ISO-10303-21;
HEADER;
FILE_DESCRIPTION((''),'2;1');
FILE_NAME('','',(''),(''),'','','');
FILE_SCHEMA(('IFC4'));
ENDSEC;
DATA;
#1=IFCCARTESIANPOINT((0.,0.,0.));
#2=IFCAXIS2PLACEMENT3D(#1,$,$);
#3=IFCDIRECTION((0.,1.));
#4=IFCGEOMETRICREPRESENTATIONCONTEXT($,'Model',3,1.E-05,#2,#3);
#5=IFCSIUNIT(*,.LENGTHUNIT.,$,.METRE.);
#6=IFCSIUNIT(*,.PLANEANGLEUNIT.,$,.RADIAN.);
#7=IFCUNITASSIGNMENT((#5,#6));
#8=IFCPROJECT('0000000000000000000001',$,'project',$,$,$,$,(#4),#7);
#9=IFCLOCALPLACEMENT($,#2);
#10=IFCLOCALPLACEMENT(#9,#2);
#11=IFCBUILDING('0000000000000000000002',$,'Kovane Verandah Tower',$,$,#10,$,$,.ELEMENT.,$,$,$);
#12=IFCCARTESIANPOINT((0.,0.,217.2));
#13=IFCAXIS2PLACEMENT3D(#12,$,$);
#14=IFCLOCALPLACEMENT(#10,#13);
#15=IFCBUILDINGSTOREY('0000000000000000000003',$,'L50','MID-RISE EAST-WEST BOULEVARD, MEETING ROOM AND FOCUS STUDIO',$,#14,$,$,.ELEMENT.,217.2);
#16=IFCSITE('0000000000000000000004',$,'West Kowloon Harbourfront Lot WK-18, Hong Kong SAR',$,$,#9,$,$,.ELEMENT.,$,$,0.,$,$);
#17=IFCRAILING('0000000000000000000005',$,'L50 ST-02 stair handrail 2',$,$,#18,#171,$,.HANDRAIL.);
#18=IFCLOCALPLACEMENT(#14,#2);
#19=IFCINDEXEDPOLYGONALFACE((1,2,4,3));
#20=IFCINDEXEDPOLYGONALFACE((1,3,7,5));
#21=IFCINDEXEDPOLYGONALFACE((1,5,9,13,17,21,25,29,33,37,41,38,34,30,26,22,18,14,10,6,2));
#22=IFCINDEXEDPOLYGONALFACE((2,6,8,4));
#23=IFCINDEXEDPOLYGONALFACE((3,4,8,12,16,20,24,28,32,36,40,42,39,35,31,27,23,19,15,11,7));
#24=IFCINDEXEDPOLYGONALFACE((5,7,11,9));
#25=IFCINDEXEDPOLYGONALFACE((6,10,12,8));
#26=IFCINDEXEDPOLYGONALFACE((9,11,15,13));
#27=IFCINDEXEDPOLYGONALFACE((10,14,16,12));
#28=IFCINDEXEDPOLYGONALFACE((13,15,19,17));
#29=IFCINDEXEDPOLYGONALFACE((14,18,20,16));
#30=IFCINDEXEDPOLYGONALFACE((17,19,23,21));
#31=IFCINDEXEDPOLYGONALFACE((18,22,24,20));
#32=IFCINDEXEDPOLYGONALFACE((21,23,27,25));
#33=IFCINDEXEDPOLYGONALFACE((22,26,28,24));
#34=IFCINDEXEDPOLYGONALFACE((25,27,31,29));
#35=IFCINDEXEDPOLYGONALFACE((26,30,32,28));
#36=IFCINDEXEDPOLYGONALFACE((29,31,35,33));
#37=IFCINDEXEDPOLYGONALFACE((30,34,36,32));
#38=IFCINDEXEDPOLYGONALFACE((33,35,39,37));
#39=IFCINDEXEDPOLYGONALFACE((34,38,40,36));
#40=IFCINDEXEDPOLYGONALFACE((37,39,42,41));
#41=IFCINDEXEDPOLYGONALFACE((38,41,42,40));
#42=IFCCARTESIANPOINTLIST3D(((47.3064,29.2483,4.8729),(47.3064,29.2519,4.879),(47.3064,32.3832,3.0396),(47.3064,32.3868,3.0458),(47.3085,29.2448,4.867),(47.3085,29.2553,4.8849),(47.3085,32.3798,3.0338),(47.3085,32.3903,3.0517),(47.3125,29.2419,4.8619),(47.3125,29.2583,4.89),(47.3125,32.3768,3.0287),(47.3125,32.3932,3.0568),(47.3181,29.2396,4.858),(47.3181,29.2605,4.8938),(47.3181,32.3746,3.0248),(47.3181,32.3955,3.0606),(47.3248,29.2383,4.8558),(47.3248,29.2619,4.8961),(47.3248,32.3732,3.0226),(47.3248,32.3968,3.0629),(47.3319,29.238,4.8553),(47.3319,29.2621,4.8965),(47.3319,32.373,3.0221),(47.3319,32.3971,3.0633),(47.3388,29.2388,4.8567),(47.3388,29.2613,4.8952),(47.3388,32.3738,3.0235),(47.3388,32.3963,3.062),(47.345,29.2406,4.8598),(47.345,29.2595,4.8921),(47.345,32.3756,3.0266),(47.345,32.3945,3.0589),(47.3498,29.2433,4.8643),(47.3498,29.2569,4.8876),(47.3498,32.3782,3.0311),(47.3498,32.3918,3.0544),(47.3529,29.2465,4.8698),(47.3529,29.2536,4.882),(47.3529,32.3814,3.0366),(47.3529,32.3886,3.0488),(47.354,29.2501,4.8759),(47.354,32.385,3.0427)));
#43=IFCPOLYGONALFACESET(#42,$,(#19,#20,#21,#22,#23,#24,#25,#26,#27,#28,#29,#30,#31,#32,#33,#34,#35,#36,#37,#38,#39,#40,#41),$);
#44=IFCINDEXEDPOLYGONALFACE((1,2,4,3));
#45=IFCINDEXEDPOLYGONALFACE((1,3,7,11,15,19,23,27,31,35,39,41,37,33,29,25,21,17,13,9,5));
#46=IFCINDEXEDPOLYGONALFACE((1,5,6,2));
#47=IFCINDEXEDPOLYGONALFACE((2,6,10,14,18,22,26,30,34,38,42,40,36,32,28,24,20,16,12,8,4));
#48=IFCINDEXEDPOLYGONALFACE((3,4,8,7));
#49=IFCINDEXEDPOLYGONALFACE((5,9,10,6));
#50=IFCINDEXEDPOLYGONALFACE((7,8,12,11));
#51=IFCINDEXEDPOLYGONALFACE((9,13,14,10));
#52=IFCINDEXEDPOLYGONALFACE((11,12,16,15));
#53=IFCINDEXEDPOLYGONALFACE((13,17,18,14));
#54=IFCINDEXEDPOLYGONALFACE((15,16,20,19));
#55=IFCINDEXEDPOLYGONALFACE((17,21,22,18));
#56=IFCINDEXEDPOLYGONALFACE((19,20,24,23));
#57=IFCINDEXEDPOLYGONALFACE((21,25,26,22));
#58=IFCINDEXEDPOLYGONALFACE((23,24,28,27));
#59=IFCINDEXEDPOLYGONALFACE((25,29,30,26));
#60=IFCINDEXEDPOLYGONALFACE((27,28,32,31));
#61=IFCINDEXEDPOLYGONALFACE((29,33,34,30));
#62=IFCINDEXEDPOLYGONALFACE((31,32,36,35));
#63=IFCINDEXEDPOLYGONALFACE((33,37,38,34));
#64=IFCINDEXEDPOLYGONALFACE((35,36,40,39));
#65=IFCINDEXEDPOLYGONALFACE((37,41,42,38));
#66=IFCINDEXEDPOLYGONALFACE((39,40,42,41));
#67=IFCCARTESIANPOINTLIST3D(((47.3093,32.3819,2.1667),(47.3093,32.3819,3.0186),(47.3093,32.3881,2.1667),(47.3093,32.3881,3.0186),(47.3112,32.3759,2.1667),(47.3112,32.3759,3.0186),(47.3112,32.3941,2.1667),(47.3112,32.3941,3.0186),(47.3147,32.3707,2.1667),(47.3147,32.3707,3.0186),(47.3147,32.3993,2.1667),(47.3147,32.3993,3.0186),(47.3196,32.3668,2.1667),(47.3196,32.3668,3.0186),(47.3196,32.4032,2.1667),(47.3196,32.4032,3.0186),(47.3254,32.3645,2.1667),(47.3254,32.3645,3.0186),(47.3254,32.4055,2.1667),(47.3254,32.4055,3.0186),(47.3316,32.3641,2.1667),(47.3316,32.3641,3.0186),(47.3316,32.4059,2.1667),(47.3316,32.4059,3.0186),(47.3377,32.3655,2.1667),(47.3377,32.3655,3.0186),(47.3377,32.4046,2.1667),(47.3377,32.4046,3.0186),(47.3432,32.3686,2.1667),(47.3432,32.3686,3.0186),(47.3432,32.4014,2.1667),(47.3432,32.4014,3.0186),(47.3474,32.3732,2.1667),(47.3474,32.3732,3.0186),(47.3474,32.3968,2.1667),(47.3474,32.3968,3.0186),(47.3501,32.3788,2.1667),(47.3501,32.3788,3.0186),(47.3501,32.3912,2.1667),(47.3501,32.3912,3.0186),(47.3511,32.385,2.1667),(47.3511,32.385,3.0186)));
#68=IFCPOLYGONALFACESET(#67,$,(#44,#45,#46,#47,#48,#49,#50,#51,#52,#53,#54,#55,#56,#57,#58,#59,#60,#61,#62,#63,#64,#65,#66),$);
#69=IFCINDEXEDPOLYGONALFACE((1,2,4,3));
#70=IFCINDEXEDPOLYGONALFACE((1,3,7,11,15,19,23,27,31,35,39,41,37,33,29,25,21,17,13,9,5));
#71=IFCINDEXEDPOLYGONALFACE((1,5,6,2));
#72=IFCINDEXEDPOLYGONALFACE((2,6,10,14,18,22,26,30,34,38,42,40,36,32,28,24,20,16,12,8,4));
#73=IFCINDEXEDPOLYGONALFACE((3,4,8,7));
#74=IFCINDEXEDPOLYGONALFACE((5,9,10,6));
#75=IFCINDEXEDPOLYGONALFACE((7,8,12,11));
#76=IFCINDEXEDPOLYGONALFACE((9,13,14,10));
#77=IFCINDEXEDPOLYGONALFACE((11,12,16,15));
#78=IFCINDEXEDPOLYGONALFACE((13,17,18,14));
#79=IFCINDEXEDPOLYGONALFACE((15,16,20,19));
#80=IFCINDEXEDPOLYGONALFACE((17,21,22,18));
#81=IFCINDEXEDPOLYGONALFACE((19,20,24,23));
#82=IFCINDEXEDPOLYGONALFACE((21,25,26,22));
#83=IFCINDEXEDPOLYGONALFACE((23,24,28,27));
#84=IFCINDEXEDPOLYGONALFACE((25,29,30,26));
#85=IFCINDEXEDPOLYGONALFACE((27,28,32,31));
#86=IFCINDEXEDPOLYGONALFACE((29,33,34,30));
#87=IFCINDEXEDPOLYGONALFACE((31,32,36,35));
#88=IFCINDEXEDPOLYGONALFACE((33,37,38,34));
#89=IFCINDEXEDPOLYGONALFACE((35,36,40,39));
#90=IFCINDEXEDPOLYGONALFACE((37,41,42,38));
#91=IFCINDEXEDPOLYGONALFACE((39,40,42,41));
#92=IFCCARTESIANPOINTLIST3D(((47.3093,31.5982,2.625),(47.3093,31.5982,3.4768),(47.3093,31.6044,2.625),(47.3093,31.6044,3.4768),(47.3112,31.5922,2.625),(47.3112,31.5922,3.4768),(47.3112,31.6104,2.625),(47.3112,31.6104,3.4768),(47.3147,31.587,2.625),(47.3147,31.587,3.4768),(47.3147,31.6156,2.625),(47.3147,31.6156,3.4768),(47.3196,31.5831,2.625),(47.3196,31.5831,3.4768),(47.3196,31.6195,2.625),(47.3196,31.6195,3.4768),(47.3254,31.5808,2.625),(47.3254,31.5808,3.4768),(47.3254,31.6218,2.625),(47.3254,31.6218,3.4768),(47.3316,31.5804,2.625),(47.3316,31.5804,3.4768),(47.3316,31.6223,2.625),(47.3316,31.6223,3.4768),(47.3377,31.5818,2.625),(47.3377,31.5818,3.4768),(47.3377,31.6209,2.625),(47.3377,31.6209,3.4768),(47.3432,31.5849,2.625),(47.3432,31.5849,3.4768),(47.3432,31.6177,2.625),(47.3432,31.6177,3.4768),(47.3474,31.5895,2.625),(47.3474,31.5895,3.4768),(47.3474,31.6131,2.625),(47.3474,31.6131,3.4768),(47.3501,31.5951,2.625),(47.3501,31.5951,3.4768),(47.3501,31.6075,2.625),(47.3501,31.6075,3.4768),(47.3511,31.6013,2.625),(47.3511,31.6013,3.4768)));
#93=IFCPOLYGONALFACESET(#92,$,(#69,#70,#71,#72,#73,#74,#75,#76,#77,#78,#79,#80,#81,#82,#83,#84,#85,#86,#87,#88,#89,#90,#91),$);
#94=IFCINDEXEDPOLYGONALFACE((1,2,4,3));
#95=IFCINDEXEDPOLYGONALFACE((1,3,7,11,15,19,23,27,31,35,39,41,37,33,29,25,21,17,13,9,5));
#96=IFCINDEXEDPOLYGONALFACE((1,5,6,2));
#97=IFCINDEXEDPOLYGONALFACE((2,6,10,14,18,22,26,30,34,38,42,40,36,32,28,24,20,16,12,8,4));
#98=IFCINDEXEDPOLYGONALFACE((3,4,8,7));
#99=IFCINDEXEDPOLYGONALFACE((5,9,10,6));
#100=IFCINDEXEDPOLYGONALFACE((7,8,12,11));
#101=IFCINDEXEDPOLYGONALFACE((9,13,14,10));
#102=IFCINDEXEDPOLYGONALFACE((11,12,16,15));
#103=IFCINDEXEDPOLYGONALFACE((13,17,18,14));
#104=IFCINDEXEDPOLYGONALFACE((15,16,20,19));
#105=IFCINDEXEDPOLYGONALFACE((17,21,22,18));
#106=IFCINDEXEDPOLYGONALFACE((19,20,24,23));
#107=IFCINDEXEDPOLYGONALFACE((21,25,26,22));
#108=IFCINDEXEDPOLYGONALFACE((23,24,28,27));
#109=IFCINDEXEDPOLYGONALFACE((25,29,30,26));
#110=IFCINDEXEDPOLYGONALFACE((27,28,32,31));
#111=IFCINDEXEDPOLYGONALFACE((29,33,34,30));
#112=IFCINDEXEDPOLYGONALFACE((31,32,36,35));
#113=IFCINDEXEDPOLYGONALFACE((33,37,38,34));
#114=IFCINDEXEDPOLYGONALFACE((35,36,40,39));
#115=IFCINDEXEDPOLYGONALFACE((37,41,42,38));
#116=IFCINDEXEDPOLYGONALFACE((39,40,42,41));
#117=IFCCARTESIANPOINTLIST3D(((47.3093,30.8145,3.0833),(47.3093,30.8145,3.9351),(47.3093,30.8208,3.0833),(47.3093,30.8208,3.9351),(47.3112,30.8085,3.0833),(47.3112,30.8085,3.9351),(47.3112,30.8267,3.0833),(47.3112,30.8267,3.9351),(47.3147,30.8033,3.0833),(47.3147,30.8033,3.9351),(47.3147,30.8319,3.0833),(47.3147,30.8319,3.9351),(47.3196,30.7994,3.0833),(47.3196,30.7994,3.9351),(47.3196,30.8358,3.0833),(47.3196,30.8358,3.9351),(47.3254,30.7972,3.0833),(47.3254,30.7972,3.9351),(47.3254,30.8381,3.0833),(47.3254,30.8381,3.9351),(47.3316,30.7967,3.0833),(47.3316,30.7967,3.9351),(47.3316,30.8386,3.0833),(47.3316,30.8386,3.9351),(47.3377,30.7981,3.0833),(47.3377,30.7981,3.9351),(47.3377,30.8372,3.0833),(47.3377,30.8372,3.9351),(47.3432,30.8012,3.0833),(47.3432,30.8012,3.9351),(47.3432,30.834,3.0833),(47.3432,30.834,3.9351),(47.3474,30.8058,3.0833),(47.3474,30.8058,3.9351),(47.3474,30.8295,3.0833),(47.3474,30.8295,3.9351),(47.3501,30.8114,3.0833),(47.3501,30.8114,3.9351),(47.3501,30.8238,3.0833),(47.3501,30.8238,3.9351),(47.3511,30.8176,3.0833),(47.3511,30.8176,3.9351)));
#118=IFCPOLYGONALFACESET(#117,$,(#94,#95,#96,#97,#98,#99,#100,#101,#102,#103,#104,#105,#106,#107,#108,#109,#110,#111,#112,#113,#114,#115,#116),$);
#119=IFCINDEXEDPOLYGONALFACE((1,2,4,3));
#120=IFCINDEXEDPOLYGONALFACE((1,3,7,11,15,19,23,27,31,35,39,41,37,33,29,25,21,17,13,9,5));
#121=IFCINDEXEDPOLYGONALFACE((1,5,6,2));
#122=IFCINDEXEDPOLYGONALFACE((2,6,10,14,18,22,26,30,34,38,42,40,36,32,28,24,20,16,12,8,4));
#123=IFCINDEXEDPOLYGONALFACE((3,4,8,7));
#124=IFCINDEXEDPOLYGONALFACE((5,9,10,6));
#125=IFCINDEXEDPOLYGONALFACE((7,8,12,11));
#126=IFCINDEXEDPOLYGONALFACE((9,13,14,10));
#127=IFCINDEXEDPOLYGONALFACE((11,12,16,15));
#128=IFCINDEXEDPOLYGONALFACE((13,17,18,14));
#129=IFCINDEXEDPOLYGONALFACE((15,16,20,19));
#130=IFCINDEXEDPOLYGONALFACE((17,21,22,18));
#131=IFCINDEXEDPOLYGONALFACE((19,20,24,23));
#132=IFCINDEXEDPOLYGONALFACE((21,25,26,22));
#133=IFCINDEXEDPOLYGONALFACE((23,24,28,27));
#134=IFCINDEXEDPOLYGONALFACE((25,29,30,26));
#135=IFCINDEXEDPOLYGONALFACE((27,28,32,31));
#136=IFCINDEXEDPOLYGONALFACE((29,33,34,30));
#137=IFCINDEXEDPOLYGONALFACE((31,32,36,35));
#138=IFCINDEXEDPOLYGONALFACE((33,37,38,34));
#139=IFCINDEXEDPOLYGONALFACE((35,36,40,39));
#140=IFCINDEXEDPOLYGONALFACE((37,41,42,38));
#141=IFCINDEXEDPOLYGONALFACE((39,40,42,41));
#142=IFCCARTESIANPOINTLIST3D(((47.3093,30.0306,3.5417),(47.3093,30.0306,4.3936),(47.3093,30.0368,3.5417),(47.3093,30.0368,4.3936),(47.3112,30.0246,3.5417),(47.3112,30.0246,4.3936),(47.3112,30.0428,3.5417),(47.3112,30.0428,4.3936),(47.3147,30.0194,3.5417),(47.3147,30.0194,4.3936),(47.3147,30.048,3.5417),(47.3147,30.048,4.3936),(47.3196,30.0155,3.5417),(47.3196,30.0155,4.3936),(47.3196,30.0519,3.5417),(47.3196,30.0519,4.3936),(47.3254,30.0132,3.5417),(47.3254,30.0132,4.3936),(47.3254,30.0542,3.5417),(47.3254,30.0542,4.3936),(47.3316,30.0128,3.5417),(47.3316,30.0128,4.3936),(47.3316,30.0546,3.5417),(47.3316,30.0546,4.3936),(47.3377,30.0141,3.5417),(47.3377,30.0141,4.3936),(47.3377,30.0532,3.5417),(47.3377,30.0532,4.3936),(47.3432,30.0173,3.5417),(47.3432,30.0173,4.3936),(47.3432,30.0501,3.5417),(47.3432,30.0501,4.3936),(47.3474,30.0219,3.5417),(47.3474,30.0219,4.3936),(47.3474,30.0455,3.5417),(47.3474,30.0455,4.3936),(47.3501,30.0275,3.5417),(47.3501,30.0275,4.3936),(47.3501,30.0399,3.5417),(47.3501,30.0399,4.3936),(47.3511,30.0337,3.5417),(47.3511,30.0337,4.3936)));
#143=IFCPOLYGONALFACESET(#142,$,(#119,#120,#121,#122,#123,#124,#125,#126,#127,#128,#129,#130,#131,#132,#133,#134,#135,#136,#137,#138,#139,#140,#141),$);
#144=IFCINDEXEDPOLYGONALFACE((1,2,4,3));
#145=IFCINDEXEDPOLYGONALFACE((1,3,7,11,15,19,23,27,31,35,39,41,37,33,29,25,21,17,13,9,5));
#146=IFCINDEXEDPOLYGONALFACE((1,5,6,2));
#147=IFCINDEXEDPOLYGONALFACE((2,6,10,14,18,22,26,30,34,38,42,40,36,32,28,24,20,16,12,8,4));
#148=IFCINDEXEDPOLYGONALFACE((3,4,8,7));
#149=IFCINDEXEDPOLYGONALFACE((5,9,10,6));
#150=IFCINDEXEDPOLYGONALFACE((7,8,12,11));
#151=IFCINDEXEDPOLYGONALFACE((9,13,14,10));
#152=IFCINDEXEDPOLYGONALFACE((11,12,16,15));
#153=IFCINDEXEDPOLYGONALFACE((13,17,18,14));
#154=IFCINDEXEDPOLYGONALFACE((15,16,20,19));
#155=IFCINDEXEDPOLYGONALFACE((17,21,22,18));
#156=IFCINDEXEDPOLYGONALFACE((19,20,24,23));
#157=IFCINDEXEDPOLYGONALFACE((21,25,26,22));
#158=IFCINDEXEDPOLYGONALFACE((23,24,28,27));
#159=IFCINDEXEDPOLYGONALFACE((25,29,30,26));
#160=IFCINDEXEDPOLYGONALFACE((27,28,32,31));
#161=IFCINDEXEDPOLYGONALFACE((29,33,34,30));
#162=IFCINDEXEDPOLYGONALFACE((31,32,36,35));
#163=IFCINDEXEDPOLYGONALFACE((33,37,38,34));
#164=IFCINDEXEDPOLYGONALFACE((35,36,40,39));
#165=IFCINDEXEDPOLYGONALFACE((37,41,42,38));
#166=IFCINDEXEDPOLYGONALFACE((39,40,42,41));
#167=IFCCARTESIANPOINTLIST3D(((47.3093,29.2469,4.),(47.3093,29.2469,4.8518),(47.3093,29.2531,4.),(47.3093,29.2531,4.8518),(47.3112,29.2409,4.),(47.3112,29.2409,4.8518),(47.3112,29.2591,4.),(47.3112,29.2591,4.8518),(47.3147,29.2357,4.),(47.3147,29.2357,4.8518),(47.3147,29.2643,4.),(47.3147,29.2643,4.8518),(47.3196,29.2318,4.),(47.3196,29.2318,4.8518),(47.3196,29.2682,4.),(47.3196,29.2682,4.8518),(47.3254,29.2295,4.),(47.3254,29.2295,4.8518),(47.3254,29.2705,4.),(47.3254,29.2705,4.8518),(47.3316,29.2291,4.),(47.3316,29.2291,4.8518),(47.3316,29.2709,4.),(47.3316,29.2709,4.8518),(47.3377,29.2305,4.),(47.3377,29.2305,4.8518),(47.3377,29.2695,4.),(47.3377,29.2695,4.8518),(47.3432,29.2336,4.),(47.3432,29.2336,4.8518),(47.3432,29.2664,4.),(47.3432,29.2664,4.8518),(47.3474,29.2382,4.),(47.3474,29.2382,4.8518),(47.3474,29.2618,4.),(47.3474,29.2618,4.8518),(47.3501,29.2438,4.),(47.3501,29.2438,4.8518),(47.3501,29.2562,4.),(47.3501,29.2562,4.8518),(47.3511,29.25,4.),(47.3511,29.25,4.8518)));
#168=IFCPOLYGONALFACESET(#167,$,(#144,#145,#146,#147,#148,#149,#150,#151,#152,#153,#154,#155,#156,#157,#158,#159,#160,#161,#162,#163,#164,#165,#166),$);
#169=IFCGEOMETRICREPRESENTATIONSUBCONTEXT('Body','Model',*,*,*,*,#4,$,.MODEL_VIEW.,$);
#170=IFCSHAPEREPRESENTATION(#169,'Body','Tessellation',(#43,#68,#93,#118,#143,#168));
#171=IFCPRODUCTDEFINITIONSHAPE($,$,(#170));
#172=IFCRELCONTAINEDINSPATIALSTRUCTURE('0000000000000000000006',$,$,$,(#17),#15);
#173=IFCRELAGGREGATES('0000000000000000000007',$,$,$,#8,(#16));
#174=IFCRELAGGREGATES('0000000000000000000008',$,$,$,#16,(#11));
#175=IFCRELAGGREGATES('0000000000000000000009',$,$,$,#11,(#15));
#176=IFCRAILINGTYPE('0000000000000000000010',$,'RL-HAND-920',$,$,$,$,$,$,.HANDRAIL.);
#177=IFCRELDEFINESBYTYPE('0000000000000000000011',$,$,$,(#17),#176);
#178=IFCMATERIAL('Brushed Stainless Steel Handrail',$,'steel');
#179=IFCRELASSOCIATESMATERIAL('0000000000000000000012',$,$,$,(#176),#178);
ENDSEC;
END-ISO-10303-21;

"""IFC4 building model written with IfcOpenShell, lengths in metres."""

from ifc_helpers import new_model, si_unit, direction, frame, origin, origin_2d, place, context, subcontext, project, spatial, circle, extrude, material, type_object, element, save


model = new_model("IFC4")

# Units and contexts
model_context = context("Model", 3, precision=1e-05, world=origin(), true_north=direction((0.0, 1.0)))
body_context = subcontext(model_context, "Body", "Model", "MODEL_VIEW")
ifc_project = project(units=[si_unit("LENGTHUNIT", "METRE"), si_unit("PLANEANGLEUNIT", "RADIAN")], contexts=[model_context])

# Site, building, storey
site_placement = place(None, origin())
site = spatial("IfcSite", under=ifc_project, at=site_placement, Name="West Kowloon Harbourfront Lot WK-18, Hong Kong SAR", CompositionType="ELEMENT", RefElevation=0.0)
building_placement = place(site_placement, origin())
building = spatial("IfcBuilding", under=site, at=building_placement, Name="Kovane Verandah Tower", CompositionType="ELEMENT")
storey_placement = place(building_placement, frame((0.0, 0.0, 217.2)))
storey = spatial("IfcBuildingStorey", under=building, at=storey_placement, Name="L50", Description="MID-RISE EAST-WEST BOULEVARD, MEETING ROOM AND FOCUS STUDIO", CompositionType="ELEMENT", Elevation=217.2)

# Railing
ifc_material_1 = material(Name="Brushed Stainless Steel Handrail", Category="steel")
railing_type_1 = type_object("IfcRailingType", Name="RL-HAND-920", PredefinedType="HANDRAIL", material=ifc_material_1)
railing_1_placement = place(storey_placement, frame((47.3301, 32.385, 2.1667)))
element("IfcRailing", 1, at=railing_1_placement, inside=storey, type_object=railing_type_1, Name="L50 ST-02 stair handrail 2", PredefinedType="HANDRAIL", context=body_context, shape_type="SweptSolid", body=[
    extrude(circle(Radius=0.0239, at=origin_2d()), frame((0.0, 0.0, 0.876), z_axis=(0.0, -0.86324, 0.504794), x_axis=(1.0, 0.0, 0.0)), (0.0, 0.0, 1.0), 3.6316),
    extrude(circle(Radius=0.021, at=origin_2d()), origin(), (0.0, 0.0, 1.0), 0.8518),
    extrude(circle(Radius=0.021, at=origin_2d()), frame((0.0, -0.7837, 0.4583)), (0.0, 0.0, 1.0), 0.8518),
    extrude(circle(Radius=0.021, at=origin_2d()), frame((0.0, -1.5674, 0.9165)), (0.0, 0.0, 1.0), 0.8518),
    extrude(circle(Radius=0.021, at=origin_2d()), frame((0.0, -2.3513, 1.375)), (0.0, 0.0, 1.0), 0.8518),
    extrude(circle(Radius=0.021, at=origin_2d()), frame((0.0, -3.135, 1.8333)), (0.0, 0.0, 1.0), 0.8518),
])

save(model, "model.ifc")
